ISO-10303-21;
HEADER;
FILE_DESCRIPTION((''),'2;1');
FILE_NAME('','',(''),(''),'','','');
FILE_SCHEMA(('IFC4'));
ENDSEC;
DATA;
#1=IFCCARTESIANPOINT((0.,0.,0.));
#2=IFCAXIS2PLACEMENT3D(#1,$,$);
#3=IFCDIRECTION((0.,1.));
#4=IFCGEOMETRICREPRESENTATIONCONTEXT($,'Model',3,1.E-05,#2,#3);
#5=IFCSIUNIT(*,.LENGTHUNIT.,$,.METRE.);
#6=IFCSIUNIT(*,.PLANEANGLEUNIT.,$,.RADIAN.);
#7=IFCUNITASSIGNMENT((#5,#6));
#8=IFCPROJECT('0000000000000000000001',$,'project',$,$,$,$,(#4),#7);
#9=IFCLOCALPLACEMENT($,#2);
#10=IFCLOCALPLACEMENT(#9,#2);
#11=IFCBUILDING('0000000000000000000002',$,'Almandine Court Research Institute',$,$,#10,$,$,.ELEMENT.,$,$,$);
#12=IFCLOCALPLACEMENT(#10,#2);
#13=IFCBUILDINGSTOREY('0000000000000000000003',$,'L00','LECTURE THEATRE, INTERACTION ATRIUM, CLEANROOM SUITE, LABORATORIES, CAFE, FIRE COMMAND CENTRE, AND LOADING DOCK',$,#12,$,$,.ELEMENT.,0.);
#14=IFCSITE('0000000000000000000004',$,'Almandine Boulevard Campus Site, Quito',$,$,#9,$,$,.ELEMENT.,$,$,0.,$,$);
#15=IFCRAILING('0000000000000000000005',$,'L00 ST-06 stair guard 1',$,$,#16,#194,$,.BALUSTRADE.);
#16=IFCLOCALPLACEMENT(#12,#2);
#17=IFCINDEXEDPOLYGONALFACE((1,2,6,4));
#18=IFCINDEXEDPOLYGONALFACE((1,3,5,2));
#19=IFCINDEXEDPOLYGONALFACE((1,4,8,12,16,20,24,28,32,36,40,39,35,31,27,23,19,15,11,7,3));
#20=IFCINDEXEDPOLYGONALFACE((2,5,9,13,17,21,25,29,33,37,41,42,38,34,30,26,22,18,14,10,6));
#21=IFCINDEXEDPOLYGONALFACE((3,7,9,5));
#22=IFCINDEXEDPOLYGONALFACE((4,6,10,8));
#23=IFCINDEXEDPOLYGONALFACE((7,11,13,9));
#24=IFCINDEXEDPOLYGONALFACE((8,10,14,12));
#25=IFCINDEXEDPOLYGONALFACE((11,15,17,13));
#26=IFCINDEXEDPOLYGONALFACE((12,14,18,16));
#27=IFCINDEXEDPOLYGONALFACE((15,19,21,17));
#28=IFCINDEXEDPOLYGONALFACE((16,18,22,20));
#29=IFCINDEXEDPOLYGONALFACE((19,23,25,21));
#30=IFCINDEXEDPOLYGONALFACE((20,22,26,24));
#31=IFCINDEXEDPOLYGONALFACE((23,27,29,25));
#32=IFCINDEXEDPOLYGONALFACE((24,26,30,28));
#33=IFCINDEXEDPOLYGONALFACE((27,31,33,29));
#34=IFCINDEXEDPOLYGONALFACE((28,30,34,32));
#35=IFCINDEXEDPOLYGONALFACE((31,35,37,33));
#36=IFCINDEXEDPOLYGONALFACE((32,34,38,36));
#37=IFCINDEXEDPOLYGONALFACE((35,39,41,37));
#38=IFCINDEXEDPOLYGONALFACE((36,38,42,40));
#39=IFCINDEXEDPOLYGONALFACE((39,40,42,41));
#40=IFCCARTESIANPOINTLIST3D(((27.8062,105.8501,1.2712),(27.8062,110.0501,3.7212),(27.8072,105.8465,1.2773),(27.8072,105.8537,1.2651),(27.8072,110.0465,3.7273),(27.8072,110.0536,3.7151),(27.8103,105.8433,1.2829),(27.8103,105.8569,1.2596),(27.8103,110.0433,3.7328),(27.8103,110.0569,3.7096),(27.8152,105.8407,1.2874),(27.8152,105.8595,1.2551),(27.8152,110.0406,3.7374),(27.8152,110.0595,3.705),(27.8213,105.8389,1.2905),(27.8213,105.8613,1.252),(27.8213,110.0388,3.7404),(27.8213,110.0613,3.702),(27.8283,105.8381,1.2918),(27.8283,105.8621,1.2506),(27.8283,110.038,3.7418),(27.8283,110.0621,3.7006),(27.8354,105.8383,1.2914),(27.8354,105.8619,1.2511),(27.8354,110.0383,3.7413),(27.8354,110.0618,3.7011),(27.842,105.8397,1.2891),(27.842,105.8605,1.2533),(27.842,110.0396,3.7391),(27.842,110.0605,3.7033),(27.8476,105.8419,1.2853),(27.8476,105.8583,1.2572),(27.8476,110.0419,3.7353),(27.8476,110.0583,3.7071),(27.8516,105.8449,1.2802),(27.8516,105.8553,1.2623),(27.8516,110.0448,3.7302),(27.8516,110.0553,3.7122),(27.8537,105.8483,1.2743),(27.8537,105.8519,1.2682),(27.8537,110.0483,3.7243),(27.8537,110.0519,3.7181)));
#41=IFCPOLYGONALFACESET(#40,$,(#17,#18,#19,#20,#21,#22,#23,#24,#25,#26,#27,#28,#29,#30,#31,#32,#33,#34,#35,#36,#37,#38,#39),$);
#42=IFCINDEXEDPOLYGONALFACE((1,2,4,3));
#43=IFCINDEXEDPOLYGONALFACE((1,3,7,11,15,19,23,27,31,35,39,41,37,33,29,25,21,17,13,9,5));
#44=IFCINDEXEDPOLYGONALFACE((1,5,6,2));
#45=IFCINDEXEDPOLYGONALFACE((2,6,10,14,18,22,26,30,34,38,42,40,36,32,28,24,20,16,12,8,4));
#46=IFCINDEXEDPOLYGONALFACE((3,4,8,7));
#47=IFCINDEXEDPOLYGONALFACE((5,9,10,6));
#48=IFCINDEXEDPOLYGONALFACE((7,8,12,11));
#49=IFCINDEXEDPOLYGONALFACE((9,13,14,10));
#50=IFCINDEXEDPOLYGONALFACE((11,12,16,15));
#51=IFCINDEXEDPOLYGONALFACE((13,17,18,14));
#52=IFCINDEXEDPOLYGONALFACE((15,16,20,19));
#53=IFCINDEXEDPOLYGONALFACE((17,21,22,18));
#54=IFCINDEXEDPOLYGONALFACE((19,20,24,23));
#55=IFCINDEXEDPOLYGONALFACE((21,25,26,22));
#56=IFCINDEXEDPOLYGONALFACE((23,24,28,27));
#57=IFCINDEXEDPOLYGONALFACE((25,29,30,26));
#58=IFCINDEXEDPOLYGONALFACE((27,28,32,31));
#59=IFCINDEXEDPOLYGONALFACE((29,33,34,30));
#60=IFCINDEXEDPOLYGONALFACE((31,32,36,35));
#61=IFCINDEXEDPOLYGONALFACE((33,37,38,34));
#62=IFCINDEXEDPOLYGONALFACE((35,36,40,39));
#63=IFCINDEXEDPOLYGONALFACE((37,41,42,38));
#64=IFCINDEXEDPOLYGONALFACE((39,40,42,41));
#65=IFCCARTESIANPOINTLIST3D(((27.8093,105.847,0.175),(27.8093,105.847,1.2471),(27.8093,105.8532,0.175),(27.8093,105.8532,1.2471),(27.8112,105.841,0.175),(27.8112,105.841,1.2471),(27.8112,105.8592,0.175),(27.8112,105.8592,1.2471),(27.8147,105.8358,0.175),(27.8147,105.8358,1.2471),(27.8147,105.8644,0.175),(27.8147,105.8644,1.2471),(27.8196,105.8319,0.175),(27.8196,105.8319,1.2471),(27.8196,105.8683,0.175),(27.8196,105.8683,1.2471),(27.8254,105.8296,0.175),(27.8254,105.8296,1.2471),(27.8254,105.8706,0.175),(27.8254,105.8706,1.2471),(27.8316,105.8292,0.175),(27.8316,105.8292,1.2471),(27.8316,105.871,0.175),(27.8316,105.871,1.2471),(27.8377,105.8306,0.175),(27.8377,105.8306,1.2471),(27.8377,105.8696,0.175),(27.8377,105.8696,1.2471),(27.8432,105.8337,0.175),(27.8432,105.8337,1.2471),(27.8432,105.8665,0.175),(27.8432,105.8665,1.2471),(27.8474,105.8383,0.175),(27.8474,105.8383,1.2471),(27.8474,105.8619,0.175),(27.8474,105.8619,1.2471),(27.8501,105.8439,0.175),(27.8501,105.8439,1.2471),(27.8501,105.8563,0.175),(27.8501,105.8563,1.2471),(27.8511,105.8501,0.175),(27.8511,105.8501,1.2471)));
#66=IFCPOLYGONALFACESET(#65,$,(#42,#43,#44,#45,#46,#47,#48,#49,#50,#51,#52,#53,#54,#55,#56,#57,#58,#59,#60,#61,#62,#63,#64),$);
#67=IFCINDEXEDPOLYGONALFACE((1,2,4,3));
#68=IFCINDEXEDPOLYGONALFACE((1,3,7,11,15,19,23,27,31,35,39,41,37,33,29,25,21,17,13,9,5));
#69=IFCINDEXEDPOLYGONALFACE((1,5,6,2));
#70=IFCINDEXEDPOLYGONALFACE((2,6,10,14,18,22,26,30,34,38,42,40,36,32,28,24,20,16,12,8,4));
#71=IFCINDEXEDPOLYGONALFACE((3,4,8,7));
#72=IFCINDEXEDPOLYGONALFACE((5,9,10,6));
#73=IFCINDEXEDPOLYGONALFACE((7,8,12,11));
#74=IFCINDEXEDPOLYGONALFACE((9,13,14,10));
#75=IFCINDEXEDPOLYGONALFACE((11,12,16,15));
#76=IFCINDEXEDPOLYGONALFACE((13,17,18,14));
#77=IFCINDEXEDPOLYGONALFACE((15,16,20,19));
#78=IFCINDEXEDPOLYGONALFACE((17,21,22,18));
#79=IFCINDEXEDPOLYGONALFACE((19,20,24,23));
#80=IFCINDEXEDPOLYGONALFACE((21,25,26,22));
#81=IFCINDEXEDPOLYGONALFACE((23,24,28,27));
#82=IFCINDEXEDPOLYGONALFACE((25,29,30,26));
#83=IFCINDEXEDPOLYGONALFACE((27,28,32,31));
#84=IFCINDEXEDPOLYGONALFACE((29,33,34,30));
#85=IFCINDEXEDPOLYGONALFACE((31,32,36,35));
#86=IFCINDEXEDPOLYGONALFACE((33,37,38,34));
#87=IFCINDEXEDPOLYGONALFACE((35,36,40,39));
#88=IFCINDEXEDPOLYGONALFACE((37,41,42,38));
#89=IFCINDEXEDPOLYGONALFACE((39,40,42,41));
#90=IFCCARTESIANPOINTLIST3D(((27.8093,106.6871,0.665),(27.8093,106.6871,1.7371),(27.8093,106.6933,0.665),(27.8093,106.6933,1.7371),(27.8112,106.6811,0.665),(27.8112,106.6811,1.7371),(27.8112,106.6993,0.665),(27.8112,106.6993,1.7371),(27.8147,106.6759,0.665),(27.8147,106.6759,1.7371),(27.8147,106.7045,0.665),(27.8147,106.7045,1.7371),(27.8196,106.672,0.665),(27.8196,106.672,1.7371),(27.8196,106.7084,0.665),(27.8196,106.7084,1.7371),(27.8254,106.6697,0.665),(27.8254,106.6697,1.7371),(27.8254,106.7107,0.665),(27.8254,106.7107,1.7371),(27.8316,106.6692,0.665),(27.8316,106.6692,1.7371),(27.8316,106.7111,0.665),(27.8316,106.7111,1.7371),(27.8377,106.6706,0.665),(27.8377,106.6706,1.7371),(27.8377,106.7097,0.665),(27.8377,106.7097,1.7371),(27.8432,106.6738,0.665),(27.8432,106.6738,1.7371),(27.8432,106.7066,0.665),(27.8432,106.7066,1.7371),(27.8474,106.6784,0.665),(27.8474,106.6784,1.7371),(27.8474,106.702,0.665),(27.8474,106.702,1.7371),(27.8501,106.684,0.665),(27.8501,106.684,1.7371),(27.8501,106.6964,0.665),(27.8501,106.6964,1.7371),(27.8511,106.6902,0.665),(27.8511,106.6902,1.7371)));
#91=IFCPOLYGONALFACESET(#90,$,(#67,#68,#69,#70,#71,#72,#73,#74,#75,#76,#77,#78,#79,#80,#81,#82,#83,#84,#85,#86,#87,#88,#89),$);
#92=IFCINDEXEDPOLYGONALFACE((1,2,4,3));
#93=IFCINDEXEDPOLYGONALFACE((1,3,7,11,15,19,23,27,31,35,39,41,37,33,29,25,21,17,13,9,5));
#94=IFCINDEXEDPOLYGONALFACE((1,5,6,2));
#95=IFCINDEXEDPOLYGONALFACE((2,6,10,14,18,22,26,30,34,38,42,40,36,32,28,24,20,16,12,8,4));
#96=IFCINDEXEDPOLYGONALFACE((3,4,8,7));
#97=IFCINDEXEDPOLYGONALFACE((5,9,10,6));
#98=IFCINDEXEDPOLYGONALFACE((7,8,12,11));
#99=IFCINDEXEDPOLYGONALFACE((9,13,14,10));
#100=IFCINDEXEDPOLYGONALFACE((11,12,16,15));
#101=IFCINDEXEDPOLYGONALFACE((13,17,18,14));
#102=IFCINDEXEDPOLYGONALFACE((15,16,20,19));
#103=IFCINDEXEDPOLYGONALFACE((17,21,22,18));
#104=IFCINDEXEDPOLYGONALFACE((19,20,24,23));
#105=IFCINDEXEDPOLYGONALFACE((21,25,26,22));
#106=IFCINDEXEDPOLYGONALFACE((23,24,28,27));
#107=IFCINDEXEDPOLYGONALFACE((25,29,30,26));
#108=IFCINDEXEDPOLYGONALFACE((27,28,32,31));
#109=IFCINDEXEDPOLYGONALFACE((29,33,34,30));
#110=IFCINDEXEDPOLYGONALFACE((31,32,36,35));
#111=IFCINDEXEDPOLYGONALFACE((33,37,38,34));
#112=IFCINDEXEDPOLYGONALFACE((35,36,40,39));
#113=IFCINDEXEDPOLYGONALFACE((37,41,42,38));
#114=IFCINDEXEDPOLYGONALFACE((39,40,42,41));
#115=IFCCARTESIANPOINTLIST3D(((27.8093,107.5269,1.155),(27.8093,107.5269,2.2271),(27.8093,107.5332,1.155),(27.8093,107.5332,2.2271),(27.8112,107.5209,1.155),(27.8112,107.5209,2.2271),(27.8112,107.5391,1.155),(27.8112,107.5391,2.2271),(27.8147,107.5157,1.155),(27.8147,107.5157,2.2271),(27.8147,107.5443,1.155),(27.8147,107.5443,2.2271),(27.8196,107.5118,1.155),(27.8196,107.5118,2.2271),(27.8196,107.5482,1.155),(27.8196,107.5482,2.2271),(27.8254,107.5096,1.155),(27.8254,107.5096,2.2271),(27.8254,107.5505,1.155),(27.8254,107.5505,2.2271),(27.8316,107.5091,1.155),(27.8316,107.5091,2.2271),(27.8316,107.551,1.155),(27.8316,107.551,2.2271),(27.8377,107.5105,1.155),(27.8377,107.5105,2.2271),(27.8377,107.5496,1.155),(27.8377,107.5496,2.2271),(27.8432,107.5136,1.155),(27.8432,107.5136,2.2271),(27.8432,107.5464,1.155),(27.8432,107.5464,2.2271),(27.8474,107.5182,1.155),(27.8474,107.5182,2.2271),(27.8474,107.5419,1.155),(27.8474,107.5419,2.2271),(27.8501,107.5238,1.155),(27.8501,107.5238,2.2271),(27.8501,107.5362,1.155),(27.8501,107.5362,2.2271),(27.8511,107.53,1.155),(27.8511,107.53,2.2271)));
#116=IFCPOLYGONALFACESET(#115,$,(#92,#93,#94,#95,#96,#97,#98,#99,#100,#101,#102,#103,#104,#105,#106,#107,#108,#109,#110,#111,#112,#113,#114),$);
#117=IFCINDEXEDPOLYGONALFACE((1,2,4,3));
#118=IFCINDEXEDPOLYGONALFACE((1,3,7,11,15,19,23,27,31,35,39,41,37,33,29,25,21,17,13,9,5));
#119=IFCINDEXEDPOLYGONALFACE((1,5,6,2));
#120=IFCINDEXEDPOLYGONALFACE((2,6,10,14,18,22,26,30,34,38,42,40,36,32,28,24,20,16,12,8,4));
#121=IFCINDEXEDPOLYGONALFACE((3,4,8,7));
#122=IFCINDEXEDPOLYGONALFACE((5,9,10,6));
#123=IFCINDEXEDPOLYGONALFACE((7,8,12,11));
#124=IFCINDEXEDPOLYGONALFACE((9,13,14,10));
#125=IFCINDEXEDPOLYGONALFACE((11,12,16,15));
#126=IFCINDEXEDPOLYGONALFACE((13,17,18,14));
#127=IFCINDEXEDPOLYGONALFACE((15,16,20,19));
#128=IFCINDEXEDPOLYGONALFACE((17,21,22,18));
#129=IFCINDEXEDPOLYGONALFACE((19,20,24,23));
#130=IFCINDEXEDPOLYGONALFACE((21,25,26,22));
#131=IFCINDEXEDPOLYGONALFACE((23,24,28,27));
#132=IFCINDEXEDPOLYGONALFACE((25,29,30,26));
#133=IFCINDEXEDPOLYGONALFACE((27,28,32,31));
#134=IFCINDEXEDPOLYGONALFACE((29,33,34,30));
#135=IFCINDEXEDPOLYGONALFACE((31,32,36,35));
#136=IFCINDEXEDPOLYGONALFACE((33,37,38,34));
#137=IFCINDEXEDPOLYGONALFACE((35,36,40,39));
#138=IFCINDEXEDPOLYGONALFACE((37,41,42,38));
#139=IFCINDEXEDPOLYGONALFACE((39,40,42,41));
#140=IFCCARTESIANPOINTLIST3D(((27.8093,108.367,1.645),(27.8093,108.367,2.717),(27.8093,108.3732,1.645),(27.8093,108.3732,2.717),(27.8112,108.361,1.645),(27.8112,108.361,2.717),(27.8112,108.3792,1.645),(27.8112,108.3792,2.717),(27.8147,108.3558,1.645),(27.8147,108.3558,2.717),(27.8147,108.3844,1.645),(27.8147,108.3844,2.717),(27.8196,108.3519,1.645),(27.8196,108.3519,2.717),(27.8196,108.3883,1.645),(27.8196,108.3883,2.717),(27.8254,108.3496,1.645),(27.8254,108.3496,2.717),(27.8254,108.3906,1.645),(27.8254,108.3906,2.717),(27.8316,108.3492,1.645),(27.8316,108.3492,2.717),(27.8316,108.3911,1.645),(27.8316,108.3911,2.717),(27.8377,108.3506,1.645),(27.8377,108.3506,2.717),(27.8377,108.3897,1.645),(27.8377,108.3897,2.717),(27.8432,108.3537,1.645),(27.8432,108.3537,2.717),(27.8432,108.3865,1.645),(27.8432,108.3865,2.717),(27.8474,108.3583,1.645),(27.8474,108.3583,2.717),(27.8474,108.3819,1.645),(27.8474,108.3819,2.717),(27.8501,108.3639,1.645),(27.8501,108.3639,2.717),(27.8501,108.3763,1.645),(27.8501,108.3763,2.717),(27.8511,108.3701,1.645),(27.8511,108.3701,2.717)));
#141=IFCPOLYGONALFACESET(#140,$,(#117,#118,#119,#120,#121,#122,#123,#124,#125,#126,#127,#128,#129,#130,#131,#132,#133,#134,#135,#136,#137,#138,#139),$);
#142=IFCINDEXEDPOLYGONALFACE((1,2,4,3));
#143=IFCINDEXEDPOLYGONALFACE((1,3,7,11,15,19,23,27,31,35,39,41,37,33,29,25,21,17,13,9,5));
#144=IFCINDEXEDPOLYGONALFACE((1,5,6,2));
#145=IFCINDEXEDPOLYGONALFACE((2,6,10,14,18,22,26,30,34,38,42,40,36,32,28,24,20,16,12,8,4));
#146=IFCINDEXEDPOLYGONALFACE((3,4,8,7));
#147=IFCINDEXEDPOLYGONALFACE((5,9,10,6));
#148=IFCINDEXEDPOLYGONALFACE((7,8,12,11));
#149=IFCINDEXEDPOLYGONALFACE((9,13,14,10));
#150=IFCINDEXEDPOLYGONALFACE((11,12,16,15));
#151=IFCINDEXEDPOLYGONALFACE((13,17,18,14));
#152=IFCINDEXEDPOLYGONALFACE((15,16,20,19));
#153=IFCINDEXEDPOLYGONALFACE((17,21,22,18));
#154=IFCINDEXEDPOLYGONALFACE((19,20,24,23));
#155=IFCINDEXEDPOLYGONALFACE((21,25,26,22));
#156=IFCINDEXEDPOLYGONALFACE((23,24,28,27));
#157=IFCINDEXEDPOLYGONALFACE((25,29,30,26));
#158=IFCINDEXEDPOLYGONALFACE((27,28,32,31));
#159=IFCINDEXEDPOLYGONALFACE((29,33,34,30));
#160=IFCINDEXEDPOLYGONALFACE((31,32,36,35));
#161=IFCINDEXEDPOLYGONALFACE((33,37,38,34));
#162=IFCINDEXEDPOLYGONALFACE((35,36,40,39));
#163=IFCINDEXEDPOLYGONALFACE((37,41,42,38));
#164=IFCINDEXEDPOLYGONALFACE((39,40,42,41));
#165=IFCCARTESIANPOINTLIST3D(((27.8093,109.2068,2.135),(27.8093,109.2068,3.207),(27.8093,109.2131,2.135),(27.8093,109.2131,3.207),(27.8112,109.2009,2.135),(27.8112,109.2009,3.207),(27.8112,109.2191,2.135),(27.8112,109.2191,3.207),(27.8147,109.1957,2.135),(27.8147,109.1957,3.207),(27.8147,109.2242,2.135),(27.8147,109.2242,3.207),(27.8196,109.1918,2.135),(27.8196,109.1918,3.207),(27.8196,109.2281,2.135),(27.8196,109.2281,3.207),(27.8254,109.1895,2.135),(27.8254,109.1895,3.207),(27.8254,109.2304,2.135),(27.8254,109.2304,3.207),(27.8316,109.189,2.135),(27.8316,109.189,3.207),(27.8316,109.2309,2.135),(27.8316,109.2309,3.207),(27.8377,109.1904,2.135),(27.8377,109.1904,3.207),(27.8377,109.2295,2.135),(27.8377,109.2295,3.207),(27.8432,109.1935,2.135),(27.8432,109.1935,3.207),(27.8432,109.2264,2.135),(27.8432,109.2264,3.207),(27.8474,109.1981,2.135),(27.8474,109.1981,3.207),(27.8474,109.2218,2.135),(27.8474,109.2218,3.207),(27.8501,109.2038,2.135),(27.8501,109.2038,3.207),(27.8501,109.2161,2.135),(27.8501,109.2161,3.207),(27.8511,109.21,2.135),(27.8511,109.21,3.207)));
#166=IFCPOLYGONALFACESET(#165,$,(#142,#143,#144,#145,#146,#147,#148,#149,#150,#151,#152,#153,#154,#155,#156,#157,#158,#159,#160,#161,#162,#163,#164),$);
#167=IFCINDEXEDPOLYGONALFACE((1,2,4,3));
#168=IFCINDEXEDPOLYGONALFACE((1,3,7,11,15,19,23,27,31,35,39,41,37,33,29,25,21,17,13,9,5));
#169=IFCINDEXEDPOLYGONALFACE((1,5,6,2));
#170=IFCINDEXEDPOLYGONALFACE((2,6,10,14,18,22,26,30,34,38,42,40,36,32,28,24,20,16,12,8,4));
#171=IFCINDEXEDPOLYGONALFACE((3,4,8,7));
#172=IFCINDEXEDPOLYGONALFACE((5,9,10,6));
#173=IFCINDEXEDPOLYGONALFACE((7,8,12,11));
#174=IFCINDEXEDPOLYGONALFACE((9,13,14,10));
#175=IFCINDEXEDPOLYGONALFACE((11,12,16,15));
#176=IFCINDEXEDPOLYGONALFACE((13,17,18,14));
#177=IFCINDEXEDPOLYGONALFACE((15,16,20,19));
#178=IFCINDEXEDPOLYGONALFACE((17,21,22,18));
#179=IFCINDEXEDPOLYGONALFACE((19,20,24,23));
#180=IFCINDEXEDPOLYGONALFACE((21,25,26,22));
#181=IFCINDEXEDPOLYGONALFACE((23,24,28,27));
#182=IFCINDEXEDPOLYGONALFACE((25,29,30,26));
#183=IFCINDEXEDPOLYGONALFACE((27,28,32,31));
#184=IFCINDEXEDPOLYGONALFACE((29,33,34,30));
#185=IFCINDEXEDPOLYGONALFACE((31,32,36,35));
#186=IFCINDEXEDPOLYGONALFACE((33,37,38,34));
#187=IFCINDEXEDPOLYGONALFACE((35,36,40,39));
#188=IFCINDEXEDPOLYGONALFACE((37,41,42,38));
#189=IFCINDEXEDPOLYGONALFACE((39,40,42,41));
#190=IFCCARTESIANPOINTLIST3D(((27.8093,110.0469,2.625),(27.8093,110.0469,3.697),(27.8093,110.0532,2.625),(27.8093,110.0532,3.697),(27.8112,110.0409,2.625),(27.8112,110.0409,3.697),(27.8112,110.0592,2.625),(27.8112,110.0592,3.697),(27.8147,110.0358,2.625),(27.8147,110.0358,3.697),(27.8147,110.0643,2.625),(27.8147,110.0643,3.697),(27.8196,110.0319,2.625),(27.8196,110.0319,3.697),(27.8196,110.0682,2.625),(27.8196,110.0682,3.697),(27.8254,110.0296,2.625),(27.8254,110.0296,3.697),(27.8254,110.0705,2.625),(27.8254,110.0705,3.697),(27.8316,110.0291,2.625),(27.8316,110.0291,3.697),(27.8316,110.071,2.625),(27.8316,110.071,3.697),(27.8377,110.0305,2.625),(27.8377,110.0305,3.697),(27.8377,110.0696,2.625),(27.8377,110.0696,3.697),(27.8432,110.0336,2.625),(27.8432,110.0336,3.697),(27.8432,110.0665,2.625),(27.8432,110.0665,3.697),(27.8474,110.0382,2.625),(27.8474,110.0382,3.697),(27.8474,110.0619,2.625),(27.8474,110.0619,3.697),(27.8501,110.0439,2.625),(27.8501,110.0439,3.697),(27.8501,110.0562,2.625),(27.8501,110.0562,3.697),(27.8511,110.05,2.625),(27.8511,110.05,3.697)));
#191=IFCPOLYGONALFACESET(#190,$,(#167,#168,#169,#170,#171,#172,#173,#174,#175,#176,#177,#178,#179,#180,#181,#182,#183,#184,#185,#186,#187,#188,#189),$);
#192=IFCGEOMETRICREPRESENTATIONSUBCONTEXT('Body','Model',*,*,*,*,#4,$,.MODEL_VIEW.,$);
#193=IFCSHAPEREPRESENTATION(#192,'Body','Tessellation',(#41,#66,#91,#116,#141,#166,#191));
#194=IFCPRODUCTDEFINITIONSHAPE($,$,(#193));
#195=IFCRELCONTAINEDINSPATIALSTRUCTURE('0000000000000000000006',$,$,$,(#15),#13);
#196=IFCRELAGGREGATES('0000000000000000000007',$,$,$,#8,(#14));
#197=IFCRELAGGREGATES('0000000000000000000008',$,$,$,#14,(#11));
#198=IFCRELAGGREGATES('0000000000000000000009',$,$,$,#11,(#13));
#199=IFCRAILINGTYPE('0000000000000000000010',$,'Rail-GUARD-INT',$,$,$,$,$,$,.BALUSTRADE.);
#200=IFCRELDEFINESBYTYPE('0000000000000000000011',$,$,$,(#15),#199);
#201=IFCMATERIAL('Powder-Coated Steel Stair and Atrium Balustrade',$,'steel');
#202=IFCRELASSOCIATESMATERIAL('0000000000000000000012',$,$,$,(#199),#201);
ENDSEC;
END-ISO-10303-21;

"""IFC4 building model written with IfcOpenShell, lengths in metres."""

from ifc_helpers import new_model, si_unit, direction, frame, origin, origin_2d, place, context, subcontext, project, spatial, circle, extrude, material, type_object, element, save


model = new_model("IFC4")

# Units and contexts
model_context = context("Model", 3, precision=1e-05, world=origin(), true_north=direction((0.0, 1.0)))
body_context = subcontext(model_context, "Body", "Model", "MODEL_VIEW")
ifc_project = project(units=[si_unit("LENGTHUNIT", "METRE"), si_unit("PLANEANGLEUNIT", "RADIAN")], contexts=[model_context])

# Site, building, storey
site_placement = place(None, origin())
site = spatial("IfcSite", under=ifc_project, at=site_placement, Name="Almandine Boulevard Campus Site, Quito", CompositionType="ELEMENT", RefElevation=0.0)
building_placement = place(site_placement, origin())
building = spatial("IfcBuilding", under=site, at=building_placement, Name="Almandine Court Research Institute", CompositionType="ELEMENT")
storey_placement = place(building_placement, origin())
storey = spatial("IfcBuildingStorey", under=building, at=storey_placement, Name="L00", Description="LECTURE THEATRE, INTERACTION ATRIUM, CLEANROOM SUITE, LABORATORIES, CAFE, FIRE COMMAND CENTRE, AND LOADING DOCK", CompositionType="ELEMENT", Elevation=0.0)

# Railing
ifc_material_1 = material(Name="Powder-Coated Steel Stair and Atrium Balustrade", Category="steel")
railing_type_1 = type_object("IfcRailingType", Name="Rail-GUARD-INT", PredefinedType="BALUSTRADE", material=ifc_material_1)
railing_1_placement = place(storey_placement, frame((27.8301, 105.8501, 0.175)))
element("IfcRailing", 1, at=railing_1_placement, inside=storey, type_object=railing_type_1, Name="L00 ST-06 stair guard 1", PredefinedType="BALUSTRADE", context=body_context, shape_type="SweptSolid", body=[
    extrude(circle(Radius=0.0239, at=origin_2d()), frame((0.0, 0.0, 1.0962), z_axis=(0.0, 0.863781, 0.503868), x_axis=(-1.0, 0.0, 0.0)), (0.0, 0.0, 1.0), 4.8623),
    extrude(circle(Radius=0.021, at=origin_2d()), origin(), (0.0, 0.0, 1.0), 1.072),
    extrude(circle(Radius=0.021, at=origin_2d()), frame((0.0, 0.8401, 0.49)), (0.0, 0.0, 1.0), 1.072),
    extrude(circle(Radius=0.021, at=origin_2d()), frame((0.0, 1.6799, 0.98)), (0.0, 0.0, 1.0), 1.072),
    extrude(circle(Radius=0.021, at=origin_2d()), frame((0.0, 2.52, 1.47)), (0.0, 0.0, 1.0), 1.072),
    extrude(circle(Radius=0.021, at=origin_2d()), frame((0.0, 3.3599, 1.96)), (0.0, 0.0, 1.0), 1.072),
    extrude(circle(Radius=0.021, at=origin_2d()), frame((0.0, 4.2, 2.45)), (0.0, 0.0, 1.0), 1.072),
])

save(model, "model.ifc")
